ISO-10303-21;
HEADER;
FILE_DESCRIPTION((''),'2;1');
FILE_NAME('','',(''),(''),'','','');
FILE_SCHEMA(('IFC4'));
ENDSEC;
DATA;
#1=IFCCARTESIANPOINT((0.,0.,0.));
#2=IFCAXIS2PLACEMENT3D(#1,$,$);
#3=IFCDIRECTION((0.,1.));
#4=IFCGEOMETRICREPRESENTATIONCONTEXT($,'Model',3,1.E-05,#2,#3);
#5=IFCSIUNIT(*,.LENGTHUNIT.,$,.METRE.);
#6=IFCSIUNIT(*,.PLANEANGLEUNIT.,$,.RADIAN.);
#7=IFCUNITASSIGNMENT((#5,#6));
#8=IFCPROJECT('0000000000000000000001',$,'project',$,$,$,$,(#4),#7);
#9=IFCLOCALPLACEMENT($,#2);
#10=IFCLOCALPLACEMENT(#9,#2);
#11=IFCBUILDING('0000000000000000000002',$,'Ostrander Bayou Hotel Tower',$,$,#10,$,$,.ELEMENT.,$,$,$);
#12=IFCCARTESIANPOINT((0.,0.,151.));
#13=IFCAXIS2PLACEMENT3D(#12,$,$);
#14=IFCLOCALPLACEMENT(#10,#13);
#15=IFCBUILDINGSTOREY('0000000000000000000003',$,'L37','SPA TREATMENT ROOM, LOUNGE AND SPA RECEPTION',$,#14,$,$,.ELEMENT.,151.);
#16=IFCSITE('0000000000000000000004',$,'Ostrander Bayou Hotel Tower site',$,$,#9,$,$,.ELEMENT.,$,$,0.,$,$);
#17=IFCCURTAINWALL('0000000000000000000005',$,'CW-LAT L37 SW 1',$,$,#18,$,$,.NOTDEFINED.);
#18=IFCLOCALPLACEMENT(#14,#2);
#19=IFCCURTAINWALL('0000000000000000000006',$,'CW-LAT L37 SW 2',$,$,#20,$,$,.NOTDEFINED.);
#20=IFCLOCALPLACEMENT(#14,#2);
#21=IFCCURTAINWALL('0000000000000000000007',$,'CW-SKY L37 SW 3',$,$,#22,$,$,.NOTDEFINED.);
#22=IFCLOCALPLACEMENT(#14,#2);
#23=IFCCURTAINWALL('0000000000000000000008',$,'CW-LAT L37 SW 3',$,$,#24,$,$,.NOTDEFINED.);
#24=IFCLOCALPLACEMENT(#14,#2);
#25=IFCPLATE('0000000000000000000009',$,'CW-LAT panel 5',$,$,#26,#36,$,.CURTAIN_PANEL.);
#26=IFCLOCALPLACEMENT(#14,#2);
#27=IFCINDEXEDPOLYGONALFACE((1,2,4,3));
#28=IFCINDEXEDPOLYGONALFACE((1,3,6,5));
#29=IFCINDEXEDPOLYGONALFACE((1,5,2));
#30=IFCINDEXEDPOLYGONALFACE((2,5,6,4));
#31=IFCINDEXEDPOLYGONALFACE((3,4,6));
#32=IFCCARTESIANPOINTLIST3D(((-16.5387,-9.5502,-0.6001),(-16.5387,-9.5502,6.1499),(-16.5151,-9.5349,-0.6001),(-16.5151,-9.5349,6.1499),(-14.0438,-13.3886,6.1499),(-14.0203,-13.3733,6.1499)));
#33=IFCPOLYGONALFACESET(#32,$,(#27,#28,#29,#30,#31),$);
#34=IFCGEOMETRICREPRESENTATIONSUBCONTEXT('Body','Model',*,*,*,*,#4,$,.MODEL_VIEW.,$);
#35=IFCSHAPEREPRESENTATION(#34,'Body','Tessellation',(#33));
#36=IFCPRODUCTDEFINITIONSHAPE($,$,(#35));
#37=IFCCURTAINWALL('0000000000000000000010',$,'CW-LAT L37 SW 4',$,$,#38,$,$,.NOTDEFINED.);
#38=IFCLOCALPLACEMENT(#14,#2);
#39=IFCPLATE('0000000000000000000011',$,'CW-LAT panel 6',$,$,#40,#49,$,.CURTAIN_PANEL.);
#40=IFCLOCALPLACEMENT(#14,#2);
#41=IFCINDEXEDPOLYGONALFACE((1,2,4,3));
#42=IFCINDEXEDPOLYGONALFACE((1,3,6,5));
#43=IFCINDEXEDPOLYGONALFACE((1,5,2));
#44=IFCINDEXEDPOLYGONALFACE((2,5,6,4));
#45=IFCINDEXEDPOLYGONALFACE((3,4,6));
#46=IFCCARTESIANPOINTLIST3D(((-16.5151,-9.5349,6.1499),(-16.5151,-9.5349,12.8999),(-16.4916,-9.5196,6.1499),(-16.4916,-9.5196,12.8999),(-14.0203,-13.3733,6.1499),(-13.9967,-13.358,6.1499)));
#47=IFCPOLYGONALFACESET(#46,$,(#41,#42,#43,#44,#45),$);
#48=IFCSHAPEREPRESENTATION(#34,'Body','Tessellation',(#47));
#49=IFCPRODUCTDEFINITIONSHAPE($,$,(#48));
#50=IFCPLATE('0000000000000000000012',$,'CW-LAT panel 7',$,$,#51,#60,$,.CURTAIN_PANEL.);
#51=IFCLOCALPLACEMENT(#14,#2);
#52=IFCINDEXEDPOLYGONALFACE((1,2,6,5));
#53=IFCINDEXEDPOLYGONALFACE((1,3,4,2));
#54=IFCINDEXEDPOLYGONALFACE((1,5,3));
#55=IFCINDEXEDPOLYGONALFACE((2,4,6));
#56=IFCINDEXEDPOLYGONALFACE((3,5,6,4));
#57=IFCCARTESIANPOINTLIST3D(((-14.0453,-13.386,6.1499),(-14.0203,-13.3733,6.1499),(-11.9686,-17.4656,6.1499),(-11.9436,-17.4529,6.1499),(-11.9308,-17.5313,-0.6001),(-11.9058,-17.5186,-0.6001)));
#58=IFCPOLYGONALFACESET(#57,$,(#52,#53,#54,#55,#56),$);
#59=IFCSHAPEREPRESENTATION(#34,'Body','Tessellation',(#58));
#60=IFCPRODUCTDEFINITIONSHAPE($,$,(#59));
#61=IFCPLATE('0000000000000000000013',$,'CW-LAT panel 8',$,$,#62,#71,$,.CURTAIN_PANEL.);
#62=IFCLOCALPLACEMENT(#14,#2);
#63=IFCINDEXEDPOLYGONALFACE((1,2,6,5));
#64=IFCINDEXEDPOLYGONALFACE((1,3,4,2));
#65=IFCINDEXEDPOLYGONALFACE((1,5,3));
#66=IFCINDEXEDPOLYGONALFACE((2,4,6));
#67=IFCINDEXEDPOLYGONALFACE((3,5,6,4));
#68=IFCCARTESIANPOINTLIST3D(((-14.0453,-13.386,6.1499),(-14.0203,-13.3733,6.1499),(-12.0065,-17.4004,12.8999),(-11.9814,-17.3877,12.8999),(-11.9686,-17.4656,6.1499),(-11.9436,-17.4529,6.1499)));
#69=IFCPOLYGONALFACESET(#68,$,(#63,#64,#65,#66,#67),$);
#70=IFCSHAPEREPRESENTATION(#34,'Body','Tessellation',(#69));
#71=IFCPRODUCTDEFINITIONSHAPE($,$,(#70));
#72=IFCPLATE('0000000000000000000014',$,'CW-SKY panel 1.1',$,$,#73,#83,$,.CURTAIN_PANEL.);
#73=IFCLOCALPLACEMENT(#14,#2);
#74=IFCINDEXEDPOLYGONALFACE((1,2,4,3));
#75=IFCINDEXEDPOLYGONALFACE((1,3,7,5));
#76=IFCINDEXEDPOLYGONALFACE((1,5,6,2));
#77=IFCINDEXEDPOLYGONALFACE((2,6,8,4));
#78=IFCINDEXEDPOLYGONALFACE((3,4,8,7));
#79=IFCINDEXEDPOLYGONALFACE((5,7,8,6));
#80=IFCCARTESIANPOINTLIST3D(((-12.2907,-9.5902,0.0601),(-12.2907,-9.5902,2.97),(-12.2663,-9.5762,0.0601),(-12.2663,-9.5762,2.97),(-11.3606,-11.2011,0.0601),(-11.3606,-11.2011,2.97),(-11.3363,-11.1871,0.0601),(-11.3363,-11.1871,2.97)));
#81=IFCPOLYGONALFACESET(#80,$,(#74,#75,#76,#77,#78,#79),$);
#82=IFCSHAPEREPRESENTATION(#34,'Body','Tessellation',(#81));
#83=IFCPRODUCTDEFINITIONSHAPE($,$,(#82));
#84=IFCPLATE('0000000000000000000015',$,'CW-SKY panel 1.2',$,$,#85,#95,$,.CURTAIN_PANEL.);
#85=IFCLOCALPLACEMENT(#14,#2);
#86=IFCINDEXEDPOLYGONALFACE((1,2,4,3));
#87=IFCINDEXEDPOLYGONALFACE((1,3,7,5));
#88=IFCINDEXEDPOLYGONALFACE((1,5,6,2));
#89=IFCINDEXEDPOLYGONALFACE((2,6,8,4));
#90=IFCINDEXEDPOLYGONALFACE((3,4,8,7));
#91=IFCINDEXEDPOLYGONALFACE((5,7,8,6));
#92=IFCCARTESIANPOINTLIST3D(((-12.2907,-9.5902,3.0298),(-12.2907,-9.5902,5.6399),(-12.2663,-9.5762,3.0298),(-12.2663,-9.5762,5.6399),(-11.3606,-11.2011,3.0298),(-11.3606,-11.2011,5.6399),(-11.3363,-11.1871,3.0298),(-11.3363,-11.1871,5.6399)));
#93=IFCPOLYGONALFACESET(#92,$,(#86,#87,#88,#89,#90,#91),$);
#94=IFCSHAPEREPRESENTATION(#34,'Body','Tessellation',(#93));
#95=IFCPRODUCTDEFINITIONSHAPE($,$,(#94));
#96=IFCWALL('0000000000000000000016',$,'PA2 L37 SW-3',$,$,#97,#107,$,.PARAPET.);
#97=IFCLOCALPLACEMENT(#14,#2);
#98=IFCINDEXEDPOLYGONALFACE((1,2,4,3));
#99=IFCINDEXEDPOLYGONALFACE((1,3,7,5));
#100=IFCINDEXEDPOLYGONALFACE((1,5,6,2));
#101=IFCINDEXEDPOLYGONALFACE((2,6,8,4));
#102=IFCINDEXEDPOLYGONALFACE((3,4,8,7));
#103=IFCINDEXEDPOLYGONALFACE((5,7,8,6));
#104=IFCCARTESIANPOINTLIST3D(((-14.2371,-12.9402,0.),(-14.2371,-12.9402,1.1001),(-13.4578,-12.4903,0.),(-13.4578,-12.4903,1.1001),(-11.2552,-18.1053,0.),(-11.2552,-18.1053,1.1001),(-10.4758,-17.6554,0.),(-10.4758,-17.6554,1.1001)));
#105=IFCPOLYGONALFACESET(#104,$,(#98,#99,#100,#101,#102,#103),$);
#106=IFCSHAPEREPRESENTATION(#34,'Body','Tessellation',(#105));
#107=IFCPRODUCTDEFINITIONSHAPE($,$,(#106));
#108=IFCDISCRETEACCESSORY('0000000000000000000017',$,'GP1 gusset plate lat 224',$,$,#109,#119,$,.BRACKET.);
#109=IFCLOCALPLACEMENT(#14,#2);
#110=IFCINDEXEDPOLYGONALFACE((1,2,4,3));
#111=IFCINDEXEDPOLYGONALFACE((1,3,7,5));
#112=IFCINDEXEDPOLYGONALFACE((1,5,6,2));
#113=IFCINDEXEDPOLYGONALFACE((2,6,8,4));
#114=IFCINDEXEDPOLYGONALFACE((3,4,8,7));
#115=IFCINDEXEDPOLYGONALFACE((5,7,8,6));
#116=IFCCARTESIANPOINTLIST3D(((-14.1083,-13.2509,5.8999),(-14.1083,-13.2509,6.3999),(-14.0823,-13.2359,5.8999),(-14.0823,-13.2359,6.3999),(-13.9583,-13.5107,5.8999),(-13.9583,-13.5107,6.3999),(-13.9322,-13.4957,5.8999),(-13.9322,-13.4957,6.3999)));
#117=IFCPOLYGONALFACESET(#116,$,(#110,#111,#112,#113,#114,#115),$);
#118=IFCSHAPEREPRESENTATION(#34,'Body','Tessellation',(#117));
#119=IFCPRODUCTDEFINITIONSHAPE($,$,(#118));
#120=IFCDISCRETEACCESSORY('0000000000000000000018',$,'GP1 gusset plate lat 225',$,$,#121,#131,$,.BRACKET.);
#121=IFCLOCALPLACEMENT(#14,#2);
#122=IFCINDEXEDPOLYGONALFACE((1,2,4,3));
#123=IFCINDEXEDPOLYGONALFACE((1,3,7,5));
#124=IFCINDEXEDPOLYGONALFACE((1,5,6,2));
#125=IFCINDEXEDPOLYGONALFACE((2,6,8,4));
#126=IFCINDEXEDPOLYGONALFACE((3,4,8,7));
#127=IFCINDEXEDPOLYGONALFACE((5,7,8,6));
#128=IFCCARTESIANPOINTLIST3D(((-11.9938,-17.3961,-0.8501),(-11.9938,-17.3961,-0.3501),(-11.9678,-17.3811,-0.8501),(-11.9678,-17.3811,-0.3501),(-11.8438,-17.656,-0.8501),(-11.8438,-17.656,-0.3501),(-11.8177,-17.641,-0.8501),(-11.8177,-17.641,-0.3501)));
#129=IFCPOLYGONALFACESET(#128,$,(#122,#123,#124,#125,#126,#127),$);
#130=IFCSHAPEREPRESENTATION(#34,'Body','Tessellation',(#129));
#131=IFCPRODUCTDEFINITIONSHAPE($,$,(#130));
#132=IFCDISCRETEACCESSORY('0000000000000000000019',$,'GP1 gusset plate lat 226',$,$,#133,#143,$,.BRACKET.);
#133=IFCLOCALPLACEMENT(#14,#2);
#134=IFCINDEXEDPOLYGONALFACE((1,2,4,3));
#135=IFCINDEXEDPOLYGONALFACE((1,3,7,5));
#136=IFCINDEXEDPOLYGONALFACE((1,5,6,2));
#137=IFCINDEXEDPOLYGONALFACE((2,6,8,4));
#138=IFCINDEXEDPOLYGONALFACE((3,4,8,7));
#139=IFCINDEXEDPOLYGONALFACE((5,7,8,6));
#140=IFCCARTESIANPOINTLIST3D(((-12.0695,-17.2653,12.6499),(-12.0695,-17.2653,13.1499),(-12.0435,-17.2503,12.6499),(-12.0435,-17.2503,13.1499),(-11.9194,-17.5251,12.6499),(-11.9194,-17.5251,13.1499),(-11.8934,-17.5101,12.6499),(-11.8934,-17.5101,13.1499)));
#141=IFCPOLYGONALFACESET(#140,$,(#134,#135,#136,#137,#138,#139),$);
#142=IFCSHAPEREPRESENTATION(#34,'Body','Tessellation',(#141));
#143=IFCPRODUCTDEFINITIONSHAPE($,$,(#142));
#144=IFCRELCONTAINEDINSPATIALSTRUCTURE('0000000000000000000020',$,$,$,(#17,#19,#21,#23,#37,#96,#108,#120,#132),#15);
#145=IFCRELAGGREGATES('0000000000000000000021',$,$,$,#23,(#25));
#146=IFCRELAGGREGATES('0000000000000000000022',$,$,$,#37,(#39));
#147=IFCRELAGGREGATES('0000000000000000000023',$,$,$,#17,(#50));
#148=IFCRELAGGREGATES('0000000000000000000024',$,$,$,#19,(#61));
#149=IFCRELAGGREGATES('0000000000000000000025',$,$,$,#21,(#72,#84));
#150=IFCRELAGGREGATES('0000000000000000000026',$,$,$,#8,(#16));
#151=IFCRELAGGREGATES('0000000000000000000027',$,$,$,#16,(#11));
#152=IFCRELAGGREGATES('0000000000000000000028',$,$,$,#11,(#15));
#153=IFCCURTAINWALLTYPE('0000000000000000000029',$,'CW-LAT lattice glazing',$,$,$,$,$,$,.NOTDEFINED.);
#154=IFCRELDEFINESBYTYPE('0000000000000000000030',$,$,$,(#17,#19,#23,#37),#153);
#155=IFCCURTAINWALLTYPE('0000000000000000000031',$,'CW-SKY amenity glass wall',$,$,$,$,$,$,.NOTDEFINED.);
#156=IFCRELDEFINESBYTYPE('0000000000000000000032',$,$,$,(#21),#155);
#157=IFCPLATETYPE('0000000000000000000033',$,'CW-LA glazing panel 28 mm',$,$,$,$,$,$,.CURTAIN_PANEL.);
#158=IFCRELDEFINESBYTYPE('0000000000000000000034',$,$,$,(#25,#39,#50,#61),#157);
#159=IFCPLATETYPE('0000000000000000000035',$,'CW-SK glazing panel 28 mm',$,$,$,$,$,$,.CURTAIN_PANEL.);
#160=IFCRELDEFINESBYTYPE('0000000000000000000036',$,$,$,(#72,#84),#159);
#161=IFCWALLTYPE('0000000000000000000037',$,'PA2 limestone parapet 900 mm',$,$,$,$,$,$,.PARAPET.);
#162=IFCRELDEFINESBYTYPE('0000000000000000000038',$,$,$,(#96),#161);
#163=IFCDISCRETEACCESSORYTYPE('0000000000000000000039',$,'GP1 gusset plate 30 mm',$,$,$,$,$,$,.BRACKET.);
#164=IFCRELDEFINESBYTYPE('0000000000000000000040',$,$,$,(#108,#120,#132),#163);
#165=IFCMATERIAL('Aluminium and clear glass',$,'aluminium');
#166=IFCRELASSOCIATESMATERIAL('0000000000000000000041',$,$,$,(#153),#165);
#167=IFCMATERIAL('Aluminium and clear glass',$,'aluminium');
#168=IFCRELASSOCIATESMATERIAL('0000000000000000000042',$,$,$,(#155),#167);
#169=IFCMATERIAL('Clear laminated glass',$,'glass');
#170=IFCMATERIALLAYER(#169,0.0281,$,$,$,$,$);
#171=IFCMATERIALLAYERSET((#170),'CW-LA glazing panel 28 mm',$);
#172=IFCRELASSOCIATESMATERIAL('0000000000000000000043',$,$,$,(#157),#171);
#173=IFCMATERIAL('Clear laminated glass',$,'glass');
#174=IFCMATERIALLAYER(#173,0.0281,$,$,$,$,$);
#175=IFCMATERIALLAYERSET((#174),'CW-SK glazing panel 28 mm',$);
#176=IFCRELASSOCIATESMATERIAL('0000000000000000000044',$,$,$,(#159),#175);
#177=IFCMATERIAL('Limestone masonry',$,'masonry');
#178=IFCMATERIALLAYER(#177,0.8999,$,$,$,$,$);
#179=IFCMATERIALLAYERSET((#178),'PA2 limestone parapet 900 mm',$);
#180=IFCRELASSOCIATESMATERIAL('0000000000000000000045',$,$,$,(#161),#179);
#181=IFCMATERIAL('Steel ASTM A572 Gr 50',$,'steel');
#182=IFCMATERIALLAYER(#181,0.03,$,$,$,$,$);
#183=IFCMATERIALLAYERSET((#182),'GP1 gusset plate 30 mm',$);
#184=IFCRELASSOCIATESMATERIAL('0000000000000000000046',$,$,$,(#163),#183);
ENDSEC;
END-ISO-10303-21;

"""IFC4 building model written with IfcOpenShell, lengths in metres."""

from ifc_helpers import new_model, si_unit, direction, frame, frame_2d, origin, origin_2d, place, context, subcontext, project, spatial, polyline, rectangle, outline, extrude, material, layer, layer_set, type_object, element, aggregate, save


model = new_model("IFC4")

# Units and contexts
model_context = context("Model", 3, precision=1e-05, world=origin(), true_north=direction((0.0, 1.0)))
body_context = subcontext(model_context, "Body", "Model", "MODEL_VIEW")
ifc_project = project(units=[si_unit("LENGTHUNIT", "METRE"), si_unit("PLANEANGLEUNIT", "RADIAN")], contexts=[model_context])

# Site, building, storey
site_placement = place(None, origin())
site = spatial("IfcSite", under=ifc_project, at=site_placement, Name="Ostrander Bayou Hotel Tower site", CompositionType="ELEMENT", RefElevation=0.0)
building_placement = place(site_placement, origin())
building = spatial("IfcBuilding", under=site, at=building_placement, Name="Ostrander Bayou Hotel Tower", CompositionType="ELEMENT")
storey_placement = place(building_placement, frame((0.0, 0.0, 151.0)))
storey = spatial("IfcBuildingStorey", under=building, at=storey_placement, Name="L37", Description="SPA TREATMENT ROOM, LOUNGE AND SPA RECEPTION", CompositionType="ELEMENT", Elevation=151.0)

# Curtain wall
ifc_material_1 = material(Name="Aluminium and clear glass", Category="aluminium")
curtain_wall_type_1 = type_object("IfcCurtainWallType", Name="CW-LAT lattice glazing", PredefinedType="NOTDEFINED", material=ifc_material_1)
curtain_wall_1_placement = place(storey_placement, origin())
curtain_wall_1 = element("IfcCurtainWall", 1, at=curtain_wall_1_placement, inside=storey, type_object=curtain_wall_type_1, Name="CW-LAT L37 SW 1", PredefinedType="NOTDEFINED")

# Curtain wall
curtain_wall_2_placement = place(storey_placement, origin())
curtain_wall_2 = element("IfcCurtainWall", 2, at=curtain_wall_2_placement, inside=storey, type_object=curtain_wall_type_1, Name="CW-LAT L37 SW 2", PredefinedType="NOTDEFINED")

# Curtain wall
ifc_material_2 = material(Name="Aluminium and clear glass", Category="aluminium")
curtain_wall_type_2 = type_object("IfcCurtainWallType", Name="CW-SKY amenity glass wall", PredefinedType="NOTDEFINED", material=ifc_material_2)
curtain_wall_3_placement = place(storey_placement, origin())
curtain_wall_3 = element("IfcCurtainWall", 3, at=curtain_wall_3_placement, inside=storey, type_object=curtain_wall_type_2, Name="CW-SKY L37 SW 3", PredefinedType="NOTDEFINED")

# Curtain walls, plates
curtain_wall_4_placement = place(storey_placement, origin())
curtain_wall_4 = element("IfcCurtainWall", 4, at=curtain_wall_4_placement, inside=storey, type_object=curtain_wall_type_1, Name="CW-LAT L37 SW 3", PredefinedType="NOTDEFINED")
ifc_material_3 = material(Name="Clear laminated glass", Category="glass")
ifc_layer_1 = layer(ifc_material_3, 0.0281)
ifc_layer_set_1 = layer_set([ifc_layer_1], Name="CW-LA glazing panel 28 mm")
plate_type_1 = type_object("IfcPlateType", Name="CW-LA glazing panel 28 mm", PredefinedType="CURTAIN_PANEL", material=ifc_layer_set_1)
plate_1_placement = place(storey_placement, frame((-14.0203, -13.3733, 6.1499), z_axis=(0.838451, 0.544977, 0.0), x_axis=(-0.305895, 0.470621, -0.827613)))
plate_1 = element("IfcPlate", 5, at=plate_1_placement, type_object=plate_type_1, Name="CW-LAT panel 5", PredefinedType="CURTAIN_PANEL", context=body_context, shape_type="SweptSolid", body=[
    extrude(outline(polyline([(0.0, 0.0), (8.156, 0.0), (2.5696, 3.7888), (0.0, 0.0)])), origin(), (0.0, 0.0, -1.0), 0.0281),
])
aggregate(curtain_wall_4, [plate_1])
curtain_wall_5_placement = place(storey_placement, origin())
curtain_wall_5 = element("IfcCurtainWall", 6, at=curtain_wall_5_placement, inside=storey, type_object=curtain_wall_type_1, Name="CW-LAT L37 SW 4", PredefinedType="NOTDEFINED")
plate_2_placement = place(storey_placement, frame((-14.0203, -13.3733, 6.1499), z_axis=(-0.838451, -0.544977, 0.0), x_axis=(-0.305895, 0.470621, 0.827613)))
plate_2 = element("IfcPlate", 7, at=plate_2_placement, type_object=plate_type_1, Name="CW-LAT panel 6", PredefinedType="CURTAIN_PANEL", context=body_context, shape_type="SweptSolid", body=[
    extrude(outline(polyline([(0.0, 0.0), (8.156, 0.0), (2.5696, 3.7888), (0.0, 0.0)])), origin(), (0.0, 0.0, -1.0), 0.0281),
])
aggregate(curtain_wall_5, [plate_2])

# Plates
plate_3_placement = place(storey_placement, frame((-14.0203, -13.3733, 6.1499), z_axis=(0.891183, 0.453644, 0.000582), x_axis=(0.257911, -0.505607, -0.823313)))
plate_3 = element("IfcPlate", 8, at=plate_3_placement, type_object=plate_type_1, Name="CW-LAT panel 7", PredefinedType="CURTAIN_PANEL", context=body_context, shape_type="SweptSolid", body=[
    extrude(outline(polyline([(0.0, 0.0), (8.1986, 0.0), (2.5983, -3.7689), (0.0, 0.0)])), origin(), (0.0, 0.0, -1.0), 0.0281),
])
aggregate(curtain_wall_1, [plate_3])
plate_4_placement = place(storey_placement, frame((-14.0203, -13.3733, 6.1499), z_axis=(0.891183, 0.453644, 0.000615), x_axis=(0.251276, -0.494759, 0.83191)))
plate_4 = element("IfcPlate", 9, at=plate_4_placement, type_object=plate_type_1, Name="CW-LAT panel 8", PredefinedType="CURTAIN_PANEL", context=body_context, shape_type="SweptSolid", body=[
    extrude(outline(polyline([(0.0, 0.0), (8.1139, 0.0), (2.5402, 3.8083), (0.0, 0.0)])), origin(), (0.0, 0.0, -1.0), 0.0281),
])
aggregate(curtain_wall_2, [plate_4])
ifc_material_4 = material(Name="Clear laminated glass", Category="glass")
ifc_layer_2 = layer(ifc_material_4, 0.0281)
ifc_layer_set_2 = layer_set([ifc_layer_2], Name="CW-SK glazing panel 28 mm")
plate_type_2 = type_object("IfcPlateType", Name="CW-SK glazing panel 28 mm", PredefinedType="CURTAIN_PANEL", material=ifc_layer_set_2)
plate_5_placement = place(storey_placement, frame((-11.8135, -10.3887, 0.0601), z_axis=(0.0, 0.0, 1.0), x_axis=(0.5, -0.866025, 0.0)))
plate_5 = element("IfcPlate", 10, at=plate_5_placement, type_object=plate_type_2, Name="CW-SKY panel 1.1", PredefinedType="CURTAIN_PANEL", context=body_context, shape_type="SweptSolid", body=[
    extrude(rectangle(XDim=1.8601, YDim=0.0281, at=origin_2d()), origin(), (0.0, 0.0, 1.0), 2.9099),
])
plate_6_placement = place(storey_placement, frame((-11.8135, -10.3887, 3.0298), z_axis=(0.0, 0.0, 1.0), x_axis=(0.5, -0.866025, 0.0)))
plate_6 = element("IfcPlate", 11, at=plate_6_placement, type_object=plate_type_2, Name="CW-SKY panel 1.2", PredefinedType="CURTAIN_PANEL", context=body_context, shape_type="SweptSolid", body=[
    extrude(rectangle(XDim=1.8601, YDim=0.0281, at=origin_2d()), origin(), (0.0, 0.0, 1.0), 2.6101),
])
aggregate(curtain_wall_3, [plate_5, plate_6])

# Wall
ifc_material_5 = material(Name="Limestone masonry", Category="masonry")
ifc_layer_3 = layer(ifc_material_5, 0.8999)
ifc_layer_set_3 = layer_set([ifc_layer_3], Name="PA2 limestone parapet 900 mm")
wall_type = type_object("IfcWallType", Name="PA2 limestone parapet 900 mm", PredefinedType="PARAPET", material=ifc_layer_set_3)
wall_placement = place(storey_placement, frame((-13.8474, -12.7153, 0.0), z_axis=(0.0, 0.0, 1.0), x_axis=(0.499987, -0.866033, 0.0)))
element("IfcWall", 12, at=wall_placement, inside=storey, type_object=wall_type, Name="PA2 L37 SW-3", PredefinedType="PARAPET", context=body_context, shape_type="SweptSolid", body=[
    extrude(rectangle(XDim=5.9641, YDim=0.8999, at=frame_2d((2.9819, 0.0))), origin(), (0.0, 0.0, 1.0), 1.1001),
])

# Discrete accessories
ifc_material_6 = material(Name="Steel ASTM A572 Gr 50", Category="steel")
ifc_layer_4 = layer(ifc_material_6, 0.03)
ifc_layer_set_4 = layer_set([ifc_layer_4], Name="GP1 gusset plate 30 mm")
discrete_accessory_type = type_object("IfcDiscreteAccessoryType", Name="GP1 gusset plate 30 mm", PredefinedType="BRACKET", material=ifc_layer_set_4)
for number, where, z_axis, x_axis, name in (
    (13, (-14.0203, -13.3733, 5.8999), (0.0, 0.0, 1.0), (0.5, -0.866025, 0.0), "GP1 gusset plate lat 224"),
    (14, (-11.9058, -17.5186, -0.8501), (0.0, 0.0, 1.0), (0.5, -0.866025, 0.0), "GP1 gusset plate lat 225"),
    (15, (-11.9814, -17.3877, 12.6499), (0.0, 0.0, 1.0), (0.5, -0.866025, 0.0), "GP1 gusset plate lat 226"),
):
    element("IfcDiscreteAccessory", number, at=place(storey_placement, frame(where, z_axis=z_axis, x_axis=x_axis)), inside=storey, type_object=discrete_accessory_type, Name=name, PredefinedType="BRACKET", context=body_context, shape_type="SweptSolid", body=[
        extrude(rectangle(XDim=0.3, YDim=0.03, at=origin_2d()), origin(), (0.0, 0.0, 1.0), 0.5),
    ])

save(model, "model.ifc")
